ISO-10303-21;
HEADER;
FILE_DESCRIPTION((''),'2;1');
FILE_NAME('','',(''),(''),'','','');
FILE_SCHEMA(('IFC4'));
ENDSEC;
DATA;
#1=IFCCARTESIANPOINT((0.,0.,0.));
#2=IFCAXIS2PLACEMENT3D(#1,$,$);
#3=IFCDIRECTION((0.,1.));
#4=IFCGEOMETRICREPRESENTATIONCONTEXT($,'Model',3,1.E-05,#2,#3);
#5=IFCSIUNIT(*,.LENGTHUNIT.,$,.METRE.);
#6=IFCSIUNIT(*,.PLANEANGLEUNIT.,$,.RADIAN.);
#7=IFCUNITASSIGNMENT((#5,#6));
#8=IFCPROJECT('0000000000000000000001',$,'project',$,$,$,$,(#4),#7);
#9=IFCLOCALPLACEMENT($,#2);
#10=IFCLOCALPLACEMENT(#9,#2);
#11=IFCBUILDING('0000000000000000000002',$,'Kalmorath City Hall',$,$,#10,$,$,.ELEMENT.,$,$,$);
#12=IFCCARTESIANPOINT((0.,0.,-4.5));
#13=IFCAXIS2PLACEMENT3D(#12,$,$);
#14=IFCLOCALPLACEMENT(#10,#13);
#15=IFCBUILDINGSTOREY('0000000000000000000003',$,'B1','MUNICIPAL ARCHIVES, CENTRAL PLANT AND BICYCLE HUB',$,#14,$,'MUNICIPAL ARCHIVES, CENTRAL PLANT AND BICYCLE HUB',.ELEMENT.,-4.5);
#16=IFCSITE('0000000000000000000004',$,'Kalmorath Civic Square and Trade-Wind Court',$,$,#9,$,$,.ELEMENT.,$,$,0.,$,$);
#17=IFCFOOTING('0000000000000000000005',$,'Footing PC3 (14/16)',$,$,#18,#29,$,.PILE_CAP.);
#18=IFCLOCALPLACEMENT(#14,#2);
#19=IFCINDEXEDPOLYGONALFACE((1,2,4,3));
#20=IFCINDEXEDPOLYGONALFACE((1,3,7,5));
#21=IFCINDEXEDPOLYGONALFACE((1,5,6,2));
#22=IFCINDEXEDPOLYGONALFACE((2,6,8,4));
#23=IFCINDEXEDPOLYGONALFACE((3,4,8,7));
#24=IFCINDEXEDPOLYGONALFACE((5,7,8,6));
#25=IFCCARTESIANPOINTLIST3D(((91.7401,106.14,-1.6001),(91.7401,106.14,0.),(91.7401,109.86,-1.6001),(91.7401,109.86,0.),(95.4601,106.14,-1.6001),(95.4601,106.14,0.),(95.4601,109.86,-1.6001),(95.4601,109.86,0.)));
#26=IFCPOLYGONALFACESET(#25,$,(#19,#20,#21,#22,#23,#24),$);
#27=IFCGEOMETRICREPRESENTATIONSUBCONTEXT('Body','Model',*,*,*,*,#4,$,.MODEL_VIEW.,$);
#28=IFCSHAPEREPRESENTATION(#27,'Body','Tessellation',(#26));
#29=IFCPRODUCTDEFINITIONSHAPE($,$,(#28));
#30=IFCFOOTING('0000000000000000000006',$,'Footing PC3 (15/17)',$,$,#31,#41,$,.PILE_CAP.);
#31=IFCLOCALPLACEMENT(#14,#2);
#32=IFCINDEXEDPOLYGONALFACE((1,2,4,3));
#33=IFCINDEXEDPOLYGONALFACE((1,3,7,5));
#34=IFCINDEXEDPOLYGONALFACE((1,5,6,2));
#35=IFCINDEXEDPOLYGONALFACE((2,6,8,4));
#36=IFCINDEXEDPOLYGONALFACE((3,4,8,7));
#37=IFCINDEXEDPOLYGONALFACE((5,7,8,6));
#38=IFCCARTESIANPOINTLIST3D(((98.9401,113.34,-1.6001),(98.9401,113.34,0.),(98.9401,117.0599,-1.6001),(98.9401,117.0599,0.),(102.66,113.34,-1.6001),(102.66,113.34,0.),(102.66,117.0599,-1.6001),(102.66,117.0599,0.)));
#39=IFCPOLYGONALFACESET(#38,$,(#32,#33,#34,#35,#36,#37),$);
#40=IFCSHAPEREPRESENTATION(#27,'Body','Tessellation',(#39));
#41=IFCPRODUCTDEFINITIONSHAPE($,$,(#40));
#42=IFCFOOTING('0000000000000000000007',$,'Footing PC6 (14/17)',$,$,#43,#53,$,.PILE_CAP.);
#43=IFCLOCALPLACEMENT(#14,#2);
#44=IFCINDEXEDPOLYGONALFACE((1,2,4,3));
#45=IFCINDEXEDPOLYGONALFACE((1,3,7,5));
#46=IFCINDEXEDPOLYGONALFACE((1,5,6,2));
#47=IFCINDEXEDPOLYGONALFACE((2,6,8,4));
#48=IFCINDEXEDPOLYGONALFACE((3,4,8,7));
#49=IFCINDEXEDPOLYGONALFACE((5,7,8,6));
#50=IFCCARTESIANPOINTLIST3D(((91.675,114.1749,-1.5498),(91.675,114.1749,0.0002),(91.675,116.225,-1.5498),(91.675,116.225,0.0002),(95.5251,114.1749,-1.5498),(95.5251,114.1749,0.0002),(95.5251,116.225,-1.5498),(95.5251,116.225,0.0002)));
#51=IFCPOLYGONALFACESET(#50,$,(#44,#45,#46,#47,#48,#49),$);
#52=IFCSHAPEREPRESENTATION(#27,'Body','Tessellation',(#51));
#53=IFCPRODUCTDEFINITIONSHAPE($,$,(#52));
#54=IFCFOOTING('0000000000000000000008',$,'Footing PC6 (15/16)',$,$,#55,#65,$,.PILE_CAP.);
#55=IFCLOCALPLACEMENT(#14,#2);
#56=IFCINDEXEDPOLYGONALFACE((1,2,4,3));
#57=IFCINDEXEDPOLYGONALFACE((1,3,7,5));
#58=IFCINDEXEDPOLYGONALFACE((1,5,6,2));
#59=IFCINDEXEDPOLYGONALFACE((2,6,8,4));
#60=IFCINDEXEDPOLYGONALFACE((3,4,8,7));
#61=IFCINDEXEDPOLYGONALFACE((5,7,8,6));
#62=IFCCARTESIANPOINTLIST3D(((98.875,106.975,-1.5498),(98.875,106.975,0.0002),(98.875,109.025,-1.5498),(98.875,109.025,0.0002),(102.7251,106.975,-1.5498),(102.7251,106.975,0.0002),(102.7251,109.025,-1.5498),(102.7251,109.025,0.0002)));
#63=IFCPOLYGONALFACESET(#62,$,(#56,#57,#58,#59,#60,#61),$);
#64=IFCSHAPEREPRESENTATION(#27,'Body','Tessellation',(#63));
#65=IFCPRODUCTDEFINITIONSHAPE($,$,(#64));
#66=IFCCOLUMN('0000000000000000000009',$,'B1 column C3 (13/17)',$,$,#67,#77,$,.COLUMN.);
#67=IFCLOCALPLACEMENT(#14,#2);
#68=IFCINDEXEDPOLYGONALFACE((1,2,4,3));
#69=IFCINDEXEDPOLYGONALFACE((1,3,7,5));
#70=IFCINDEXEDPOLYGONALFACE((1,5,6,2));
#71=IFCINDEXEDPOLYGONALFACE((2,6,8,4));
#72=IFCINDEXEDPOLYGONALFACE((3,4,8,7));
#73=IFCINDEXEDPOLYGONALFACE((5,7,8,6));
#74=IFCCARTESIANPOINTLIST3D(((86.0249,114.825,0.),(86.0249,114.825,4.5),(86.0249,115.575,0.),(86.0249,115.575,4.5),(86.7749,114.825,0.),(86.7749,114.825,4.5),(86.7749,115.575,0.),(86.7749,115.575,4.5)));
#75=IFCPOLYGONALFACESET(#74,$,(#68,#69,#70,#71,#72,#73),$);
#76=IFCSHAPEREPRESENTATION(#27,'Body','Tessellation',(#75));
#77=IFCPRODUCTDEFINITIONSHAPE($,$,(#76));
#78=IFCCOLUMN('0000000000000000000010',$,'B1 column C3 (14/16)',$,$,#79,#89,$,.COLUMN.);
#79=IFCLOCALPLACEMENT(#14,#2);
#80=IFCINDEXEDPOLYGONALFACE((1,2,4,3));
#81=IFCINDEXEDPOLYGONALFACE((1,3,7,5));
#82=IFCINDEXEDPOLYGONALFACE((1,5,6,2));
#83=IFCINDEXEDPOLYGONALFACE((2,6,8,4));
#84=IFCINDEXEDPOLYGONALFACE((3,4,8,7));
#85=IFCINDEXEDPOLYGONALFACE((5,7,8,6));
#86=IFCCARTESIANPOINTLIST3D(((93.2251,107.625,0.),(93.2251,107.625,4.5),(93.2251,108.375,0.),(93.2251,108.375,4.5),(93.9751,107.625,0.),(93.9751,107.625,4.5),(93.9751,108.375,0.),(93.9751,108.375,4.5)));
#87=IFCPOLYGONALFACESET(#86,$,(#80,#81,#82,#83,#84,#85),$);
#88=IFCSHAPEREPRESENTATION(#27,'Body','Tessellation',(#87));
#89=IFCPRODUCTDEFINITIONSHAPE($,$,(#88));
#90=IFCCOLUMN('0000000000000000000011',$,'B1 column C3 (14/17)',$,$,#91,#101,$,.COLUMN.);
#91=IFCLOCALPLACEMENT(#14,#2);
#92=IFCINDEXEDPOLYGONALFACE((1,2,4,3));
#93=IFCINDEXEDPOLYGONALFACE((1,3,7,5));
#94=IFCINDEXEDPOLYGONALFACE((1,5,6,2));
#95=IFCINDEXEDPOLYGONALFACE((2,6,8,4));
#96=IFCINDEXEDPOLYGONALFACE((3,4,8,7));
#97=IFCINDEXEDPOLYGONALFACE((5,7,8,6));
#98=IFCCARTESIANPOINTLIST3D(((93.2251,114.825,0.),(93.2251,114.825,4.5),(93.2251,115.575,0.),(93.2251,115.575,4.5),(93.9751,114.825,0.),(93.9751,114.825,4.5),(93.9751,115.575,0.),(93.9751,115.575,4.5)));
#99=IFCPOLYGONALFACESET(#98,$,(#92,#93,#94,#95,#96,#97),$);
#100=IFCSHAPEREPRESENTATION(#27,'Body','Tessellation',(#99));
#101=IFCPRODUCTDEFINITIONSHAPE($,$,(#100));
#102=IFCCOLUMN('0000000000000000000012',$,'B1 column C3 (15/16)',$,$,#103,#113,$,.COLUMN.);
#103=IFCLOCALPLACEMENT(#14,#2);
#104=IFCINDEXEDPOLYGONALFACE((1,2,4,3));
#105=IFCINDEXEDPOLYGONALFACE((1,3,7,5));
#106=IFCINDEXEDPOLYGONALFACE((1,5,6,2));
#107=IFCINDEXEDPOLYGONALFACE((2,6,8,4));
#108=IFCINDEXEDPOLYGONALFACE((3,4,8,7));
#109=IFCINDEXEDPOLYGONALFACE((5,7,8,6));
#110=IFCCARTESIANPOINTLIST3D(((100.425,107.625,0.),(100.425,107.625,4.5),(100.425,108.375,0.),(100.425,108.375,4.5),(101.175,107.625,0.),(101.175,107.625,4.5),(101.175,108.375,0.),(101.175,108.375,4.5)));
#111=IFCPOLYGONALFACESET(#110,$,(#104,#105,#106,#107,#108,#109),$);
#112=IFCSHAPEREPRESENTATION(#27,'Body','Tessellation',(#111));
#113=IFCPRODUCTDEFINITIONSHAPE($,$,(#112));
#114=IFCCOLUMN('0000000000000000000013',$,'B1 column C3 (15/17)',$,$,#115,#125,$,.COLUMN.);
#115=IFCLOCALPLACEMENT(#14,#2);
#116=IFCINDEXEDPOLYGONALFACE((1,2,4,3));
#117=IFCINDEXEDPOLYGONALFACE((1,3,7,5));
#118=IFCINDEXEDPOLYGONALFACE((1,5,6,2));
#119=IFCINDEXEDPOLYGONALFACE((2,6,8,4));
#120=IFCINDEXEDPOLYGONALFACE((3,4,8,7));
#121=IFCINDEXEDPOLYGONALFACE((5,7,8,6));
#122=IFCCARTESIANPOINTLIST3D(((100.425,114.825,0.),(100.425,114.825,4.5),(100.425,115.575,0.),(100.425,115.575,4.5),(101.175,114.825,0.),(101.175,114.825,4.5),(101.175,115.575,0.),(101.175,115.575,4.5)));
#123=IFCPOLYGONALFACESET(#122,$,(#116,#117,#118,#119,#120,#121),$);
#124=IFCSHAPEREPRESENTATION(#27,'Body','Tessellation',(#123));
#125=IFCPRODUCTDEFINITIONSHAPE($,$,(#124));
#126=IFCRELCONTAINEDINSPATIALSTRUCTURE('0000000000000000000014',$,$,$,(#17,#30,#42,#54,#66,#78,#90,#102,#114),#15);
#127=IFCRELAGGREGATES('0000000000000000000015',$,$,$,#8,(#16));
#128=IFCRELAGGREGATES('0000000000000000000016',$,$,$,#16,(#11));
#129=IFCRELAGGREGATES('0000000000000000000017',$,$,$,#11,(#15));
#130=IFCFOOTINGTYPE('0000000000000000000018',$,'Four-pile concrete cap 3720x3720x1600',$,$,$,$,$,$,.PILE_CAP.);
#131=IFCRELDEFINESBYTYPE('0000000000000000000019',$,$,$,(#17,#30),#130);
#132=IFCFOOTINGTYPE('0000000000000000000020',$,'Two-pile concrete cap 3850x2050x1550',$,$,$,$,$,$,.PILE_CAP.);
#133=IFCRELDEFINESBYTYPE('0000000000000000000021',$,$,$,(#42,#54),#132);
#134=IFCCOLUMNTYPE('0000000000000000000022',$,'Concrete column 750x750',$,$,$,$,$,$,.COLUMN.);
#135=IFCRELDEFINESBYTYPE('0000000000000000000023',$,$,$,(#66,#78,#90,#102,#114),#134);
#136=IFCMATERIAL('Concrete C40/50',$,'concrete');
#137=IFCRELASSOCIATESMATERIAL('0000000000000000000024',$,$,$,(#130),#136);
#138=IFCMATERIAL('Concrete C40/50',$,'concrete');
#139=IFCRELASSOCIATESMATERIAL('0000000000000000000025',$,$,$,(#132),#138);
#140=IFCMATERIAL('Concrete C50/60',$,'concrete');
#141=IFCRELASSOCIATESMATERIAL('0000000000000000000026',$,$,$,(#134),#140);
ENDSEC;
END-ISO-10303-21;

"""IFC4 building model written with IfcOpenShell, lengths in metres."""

from ifc_helpers import new_model, si_unit, direction, frame, origin, origin_2d, place, context, subcontext, project, spatial, rectangle, extrude, material, material_profile, profile_set, type_object, element, save


model = new_model("IFC4")

# Units and contexts
model_context = context("Model", 3, precision=1e-05, world=origin(), true_north=direction((0.0, 1.0)))
body_context = subcontext(model_context, "Body", "Model", "MODEL_VIEW")
ifc_project = project(units=[si_unit("LENGTHUNIT", "METRE"), si_unit("PLANEANGLEUNIT", "RADIAN")], contexts=[model_context])

# Site, building, storey
site_placement = place(None, origin())
site = spatial("IfcSite", under=ifc_project, at=site_placement, Name="Kalmorath Civic Square and Trade-Wind Court", CompositionType="ELEMENT", RefElevation=0.0)
building_placement = place(site_placement, origin())
building = spatial("IfcBuilding", under=site, at=building_placement, Name="Kalmorath City Hall", CompositionType="ELEMENT")
storey_placement = place(building_placement, frame((0.0, 0.0, -4.5)))
storey = spatial("IfcBuildingStorey", under=building, at=storey_placement, Name="B1", Description="MUNICIPAL ARCHIVES, CENTRAL PLANT AND BICYCLE HUB", LongName="MUNICIPAL ARCHIVES, CENTRAL PLANT AND BICYCLE HUB", CompositionType="ELEMENT", Elevation=-4.5)

# Footings
ifc_material_1 = material(Name="Concrete C40/50", Category="concrete")
footing_type_1 = type_object("IfcFootingType", Name="Four-pile concrete cap 3720x3720x1600", PredefinedType="PILE_CAP", material=ifc_material_1)
for number, where, z_axis, x_axis, name in (
    (1, (93.6001, 108.0, -1.6001), (0.0, 0.0, 1.0), (1.0, 0.0, 0.0), "Footing PC3 (14/16)"),
    (2, (100.8, 115.2, -1.6001), (0.0, 0.0, 1.0), (1.0, 0.0, 0.0), "Footing PC3 (15/17)"),
):
    element("IfcFooting", number, at=place(storey_placement, frame(where, z_axis=z_axis, x_axis=x_axis)), inside=storey, type_object=footing_type_1, Name=name, PredefinedType="PILE_CAP", context=body_context, shape_type="SweptSolid", body=[
        extrude(rectangle(XDim=3.72, YDim=3.72, at=origin_2d()), origin(), (0.0, 0.0, 1.0), 1.6001),
    ])
ifc_material_2 = material(Name="Concrete C40/50", Category="concrete")
footing_type_2 = type_object("IfcFootingType", Name="Two-pile concrete cap 3850x2050x1550", PredefinedType="PILE_CAP", material=ifc_material_2)
for number, where, z_axis, x_axis, name in (
    (3, (93.6001, 115.2, -1.5498), (0.0, 0.0, 1.0), (1.0, 0.0, 0.0), "Footing PC6 (14/17)"),
    (4, (100.8, 108.0, -1.5498), (0.0, 0.0, 1.0), (1.0, 0.0, 0.0), "Footing PC6 (15/16)"),
):
    element("IfcFooting", number, at=place(storey_placement, frame(where, z_axis=z_axis, x_axis=x_axis)), inside=storey, type_object=footing_type_2, Name=name, PredefinedType="PILE_CAP", context=body_context, shape_type="SweptSolid", body=[
        extrude(rectangle(XDim=3.8501, YDim=2.05, at=origin_2d()), origin(), (0.0, 0.0, 1.0), 1.55),
    ])

# Columns
ifc_material_3 = material(Name="Concrete C50/60", Category="concrete")
ifc_material_profile_1 = material_profile(ifc_material_3, rectangle(XDim=0.75, YDim=0.75, at=origin_2d()), Name="RC-COL-750X750")
ifc_profile_set_1 = profile_set([ifc_material_profile_1], Name="Concrete C50/60")
column_type = type_object("IfcColumnType", Name="Concrete column 750x750", PredefinedType="COLUMN", material=ifc_profile_set_1)
for number, where, z_axis, x_axis, name in (
    (5, (86.3999, 115.2, 0.0), (0.0, 0.0, 1.0), (1.0, 0.0, 0.0), "B1 column C3 (13/17)"),
    (6, (93.6001, 108.0, 0.0), (0.0, 0.0, 1.0), (1.0, 0.0, 0.0), "B1 column C3 (14/16)"),
    (7, (93.6001, 115.2, 0.0), (0.0, 0.0, 1.0), (1.0, 0.0, 0.0), "B1 column C3 (14/17)"),
    (8, (100.8, 108.0, 0.0), (0.0, 0.0, 1.0), (1.0, 0.0, 0.0), "B1 column C3 (15/16)"),
    (9, (100.8, 115.2, 0.0), (0.0, 0.0, 1.0), (1.0, 0.0, 0.0), "B1 column C3 (15/17)"),
):
    element("IfcColumn", number, at=place(storey_placement, frame(where, z_axis=z_axis, x_axis=x_axis)), inside=storey, type_object=column_type, Name=name, PredefinedType="COLUMN", context=body_context, shape_type="SweptSolid", body=[
        extrude(rectangle(XDim=0.75, YDim=0.75, at=origin_2d()), origin(), (0.0, 0.0, 1.0), 4.5),
    ])

save(model, "model.ifc")
